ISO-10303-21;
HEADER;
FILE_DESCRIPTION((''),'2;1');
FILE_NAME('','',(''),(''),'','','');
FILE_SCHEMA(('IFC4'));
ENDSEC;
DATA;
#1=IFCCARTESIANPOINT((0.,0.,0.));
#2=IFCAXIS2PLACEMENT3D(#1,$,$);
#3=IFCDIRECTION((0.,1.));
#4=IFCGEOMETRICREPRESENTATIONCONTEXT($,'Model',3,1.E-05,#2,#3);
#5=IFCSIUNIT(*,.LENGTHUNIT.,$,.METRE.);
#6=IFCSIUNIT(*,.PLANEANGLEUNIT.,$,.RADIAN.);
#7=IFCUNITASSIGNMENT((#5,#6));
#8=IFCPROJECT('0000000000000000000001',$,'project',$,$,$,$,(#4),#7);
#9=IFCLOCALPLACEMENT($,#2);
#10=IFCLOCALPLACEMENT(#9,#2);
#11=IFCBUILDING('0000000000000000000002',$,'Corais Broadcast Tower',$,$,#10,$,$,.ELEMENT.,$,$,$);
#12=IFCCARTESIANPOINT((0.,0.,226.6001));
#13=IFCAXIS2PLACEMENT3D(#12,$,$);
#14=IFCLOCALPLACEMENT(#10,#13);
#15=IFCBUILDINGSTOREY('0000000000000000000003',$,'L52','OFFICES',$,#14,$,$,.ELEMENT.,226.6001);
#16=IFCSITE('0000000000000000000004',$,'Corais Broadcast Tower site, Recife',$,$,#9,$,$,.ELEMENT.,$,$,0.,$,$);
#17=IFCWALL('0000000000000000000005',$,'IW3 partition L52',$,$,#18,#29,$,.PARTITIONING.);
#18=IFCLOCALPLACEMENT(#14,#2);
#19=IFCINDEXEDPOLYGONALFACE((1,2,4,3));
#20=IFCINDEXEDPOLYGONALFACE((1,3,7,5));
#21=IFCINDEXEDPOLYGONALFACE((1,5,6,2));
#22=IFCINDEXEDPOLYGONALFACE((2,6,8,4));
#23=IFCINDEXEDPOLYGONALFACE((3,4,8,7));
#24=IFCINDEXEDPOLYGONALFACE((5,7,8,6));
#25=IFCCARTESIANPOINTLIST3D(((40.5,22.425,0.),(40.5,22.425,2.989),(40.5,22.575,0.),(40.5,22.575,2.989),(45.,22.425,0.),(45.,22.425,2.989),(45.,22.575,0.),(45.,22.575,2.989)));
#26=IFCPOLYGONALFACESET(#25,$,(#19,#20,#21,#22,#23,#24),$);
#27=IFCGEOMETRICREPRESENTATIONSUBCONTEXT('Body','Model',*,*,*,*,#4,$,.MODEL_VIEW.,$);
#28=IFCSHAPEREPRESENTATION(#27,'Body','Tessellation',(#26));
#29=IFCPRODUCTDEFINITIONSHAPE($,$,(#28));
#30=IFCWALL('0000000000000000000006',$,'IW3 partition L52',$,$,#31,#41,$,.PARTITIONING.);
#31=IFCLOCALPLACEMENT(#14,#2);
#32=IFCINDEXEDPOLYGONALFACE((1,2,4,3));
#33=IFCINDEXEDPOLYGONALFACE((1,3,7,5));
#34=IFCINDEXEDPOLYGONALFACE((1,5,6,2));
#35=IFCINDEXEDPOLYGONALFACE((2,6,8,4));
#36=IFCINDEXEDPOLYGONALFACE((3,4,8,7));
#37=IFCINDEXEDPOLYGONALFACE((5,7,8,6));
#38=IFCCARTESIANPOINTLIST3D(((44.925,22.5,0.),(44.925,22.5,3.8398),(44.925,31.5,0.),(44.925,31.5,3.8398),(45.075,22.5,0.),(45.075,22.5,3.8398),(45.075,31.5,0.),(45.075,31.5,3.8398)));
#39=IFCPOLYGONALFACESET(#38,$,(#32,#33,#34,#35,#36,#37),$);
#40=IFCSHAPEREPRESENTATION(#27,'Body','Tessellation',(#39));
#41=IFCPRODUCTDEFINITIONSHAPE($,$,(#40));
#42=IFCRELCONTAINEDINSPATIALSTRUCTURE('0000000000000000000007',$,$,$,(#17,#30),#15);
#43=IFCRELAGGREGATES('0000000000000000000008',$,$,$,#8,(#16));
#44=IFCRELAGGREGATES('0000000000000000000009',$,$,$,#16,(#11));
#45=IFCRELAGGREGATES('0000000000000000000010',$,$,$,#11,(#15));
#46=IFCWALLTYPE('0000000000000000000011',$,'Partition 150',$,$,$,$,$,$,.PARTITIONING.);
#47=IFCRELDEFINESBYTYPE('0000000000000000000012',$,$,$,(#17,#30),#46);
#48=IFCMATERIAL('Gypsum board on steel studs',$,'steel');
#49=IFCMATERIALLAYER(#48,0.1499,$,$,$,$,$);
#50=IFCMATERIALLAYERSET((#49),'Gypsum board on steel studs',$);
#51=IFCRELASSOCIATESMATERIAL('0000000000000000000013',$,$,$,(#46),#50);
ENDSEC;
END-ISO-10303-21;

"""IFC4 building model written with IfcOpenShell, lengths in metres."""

from ifc_helpers import new_model, si_unit, direction, frame, frame_2d, origin, place, context, subcontext, project, spatial, rectangle, extrude, material, layer, layer_set, type_object, element, save


model = new_model("IFC4")

# Units and contexts
model_context = context("Model", 3, precision=1e-05, world=origin(), true_north=direction((0.0, 1.0)))
body_context = subcontext(model_context, "Body", "Model", "MODEL_VIEW")
ifc_project = project(units=[si_unit("LENGTHUNIT", "METRE"), si_unit("PLANEANGLEUNIT", "RADIAN")], contexts=[model_context])

# Site, building, storey
site_placement = place(None, origin())
site = spatial("IfcSite", under=ifc_project, at=site_placement, Name="Corais Broadcast Tower site, Recife", CompositionType="ELEMENT", RefElevation=0.0)
building_placement = place(site_placement, origin())
building = spatial("IfcBuilding", under=site, at=building_placement, Name="Corais Broadcast Tower", CompositionType="ELEMENT")
storey_placement = place(building_placement, frame((0.0, 0.0, 226.6001)))
storey = spatial("IfcBuildingStorey", under=building, at=storey_placement, Name="L52", Description="OFFICES", CompositionType="ELEMENT", Elevation=226.6001)

# Shared definitions
ifc_material_1 = material(Name="Gypsum board on steel studs", Category="steel")
ifc_layer_1 = layer(ifc_material_1, 0.1499)
ifc_layer_set_1 = layer_set([ifc_layer_1], Name="Gypsum board on steel studs")
wall_type = type_object("IfcWallType", Name="Partition 150", PredefinedType="PARTITIONING", material=ifc_layer_set_1)

# Walls
wall_1_placement = place(storey_placement, frame((40.5, 22.5, 0.0), z_axis=(0.0, 0.0, 1.0), x_axis=(1.0, 0.0, 0.0)))
element("IfcWall", 1, at=wall_1_placement, inside=storey, type_object=wall_type, Name="IW3 partition L52", PredefinedType="PARTITIONING", context=body_context, shape_type="SweptSolid", body=[
    extrude(rectangle(XDim=4.5, YDim=0.1499, at=frame_2d((2.25, 0.0))), origin(), (0.0, 0.0, 1.0), 2.989),
])
wall_2_placement = place(storey_placement, frame((45.0, 22.5, 0.0), z_axis=(0.0, 0.0, 1.0), x_axis=(0.0, 1.0, 0.0)))
element("IfcWall", 2, at=wall_2_placement, inside=storey, type_object=wall_type, Name="IW3 partition L52", PredefinedType="PARTITIONING", context=body_context, shape_type="SweptSolid", body=[
    extrude(rectangle(XDim=9.0, YDim=0.1499, at=frame_2d((4.5, 0.0))), origin(), (0.0, 0.0, 1.0), 3.8398),
])

save(model, "model.ifc")
